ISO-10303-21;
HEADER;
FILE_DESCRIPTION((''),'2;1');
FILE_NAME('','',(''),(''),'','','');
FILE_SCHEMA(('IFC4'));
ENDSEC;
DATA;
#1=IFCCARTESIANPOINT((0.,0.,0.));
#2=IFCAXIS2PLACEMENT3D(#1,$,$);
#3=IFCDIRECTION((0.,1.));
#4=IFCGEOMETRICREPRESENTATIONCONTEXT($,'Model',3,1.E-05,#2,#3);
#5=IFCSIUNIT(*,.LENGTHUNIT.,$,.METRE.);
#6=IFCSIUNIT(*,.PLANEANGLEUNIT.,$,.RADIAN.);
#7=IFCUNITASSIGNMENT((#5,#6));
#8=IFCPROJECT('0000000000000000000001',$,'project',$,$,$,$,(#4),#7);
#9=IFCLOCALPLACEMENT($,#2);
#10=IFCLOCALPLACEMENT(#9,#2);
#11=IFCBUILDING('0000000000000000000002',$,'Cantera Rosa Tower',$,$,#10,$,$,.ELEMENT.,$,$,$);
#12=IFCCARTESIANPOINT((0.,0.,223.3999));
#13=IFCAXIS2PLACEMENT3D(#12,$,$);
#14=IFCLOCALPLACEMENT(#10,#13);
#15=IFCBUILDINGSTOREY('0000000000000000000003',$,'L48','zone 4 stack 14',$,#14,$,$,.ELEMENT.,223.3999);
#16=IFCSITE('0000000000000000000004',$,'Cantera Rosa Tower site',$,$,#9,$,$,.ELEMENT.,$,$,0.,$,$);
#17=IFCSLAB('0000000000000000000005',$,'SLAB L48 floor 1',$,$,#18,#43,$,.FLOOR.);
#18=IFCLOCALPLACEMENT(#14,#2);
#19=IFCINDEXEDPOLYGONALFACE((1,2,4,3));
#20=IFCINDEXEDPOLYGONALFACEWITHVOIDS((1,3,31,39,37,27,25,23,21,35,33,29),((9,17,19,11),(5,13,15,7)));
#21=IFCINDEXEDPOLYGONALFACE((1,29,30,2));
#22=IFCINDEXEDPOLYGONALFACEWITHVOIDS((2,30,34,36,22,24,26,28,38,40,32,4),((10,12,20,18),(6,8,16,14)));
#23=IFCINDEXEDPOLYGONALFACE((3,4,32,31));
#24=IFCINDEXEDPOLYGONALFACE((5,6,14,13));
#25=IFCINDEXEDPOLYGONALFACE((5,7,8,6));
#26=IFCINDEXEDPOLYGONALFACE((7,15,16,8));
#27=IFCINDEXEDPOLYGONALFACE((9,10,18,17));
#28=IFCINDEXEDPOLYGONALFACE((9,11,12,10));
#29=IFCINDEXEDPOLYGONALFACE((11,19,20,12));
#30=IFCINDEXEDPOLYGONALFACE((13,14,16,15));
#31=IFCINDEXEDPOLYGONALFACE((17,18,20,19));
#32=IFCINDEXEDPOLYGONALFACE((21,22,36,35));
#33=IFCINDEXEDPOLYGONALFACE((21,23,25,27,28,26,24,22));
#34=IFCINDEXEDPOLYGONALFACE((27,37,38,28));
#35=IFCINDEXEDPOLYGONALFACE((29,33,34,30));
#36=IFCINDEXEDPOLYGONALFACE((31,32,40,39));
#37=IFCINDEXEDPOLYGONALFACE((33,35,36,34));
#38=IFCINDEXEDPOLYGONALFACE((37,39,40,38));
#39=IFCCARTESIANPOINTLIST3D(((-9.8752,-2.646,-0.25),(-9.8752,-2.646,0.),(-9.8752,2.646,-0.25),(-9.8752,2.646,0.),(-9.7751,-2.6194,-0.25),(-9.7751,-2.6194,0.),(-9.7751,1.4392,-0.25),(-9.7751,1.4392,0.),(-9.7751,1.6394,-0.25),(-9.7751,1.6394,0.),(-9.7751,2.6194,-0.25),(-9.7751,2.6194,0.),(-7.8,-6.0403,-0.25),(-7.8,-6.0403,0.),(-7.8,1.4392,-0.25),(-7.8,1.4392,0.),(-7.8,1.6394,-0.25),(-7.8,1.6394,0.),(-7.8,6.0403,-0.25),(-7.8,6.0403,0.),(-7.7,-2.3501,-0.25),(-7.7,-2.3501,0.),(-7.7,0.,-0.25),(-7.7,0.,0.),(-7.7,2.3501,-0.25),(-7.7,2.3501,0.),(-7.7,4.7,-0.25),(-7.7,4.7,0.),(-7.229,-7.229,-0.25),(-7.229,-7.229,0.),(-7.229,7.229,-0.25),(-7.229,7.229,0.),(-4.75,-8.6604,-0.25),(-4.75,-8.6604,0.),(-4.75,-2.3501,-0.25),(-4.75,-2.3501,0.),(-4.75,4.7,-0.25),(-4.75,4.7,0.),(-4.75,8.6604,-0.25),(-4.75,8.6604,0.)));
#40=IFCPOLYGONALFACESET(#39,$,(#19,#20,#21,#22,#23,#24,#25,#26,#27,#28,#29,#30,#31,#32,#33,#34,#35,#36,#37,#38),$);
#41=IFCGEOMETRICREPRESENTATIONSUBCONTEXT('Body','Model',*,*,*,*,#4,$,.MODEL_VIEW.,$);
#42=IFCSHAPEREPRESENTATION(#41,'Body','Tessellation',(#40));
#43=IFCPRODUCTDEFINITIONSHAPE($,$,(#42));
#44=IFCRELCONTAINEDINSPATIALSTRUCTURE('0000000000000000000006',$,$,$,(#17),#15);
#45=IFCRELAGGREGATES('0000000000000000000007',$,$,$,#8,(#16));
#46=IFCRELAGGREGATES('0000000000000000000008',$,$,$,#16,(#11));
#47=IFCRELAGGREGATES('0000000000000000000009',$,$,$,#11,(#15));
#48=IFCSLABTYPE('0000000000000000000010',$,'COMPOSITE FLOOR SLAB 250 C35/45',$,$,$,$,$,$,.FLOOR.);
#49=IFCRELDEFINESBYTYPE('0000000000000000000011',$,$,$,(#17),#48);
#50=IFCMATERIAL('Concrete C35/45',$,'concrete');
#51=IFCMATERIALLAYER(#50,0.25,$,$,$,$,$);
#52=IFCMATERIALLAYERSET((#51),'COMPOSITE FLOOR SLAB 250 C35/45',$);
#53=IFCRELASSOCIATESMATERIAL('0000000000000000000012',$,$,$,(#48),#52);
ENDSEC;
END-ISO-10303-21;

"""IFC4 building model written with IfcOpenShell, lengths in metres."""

from ifc_helpers import new_model, si_unit, direction, frame, origin, place, context, subcontext, project, spatial, polyline, outline, extrude, material, layer, layer_set, type_object, element, save


model = new_model("IFC4")

# Units and contexts
model_context = context("Model", 3, precision=1e-05, world=origin(), true_north=direction((0.0, 1.0)))
body_context = subcontext(model_context, "Body", "Model", "MODEL_VIEW")
ifc_project = project(units=[si_unit("LENGTHUNIT", "METRE"), si_unit("PLANEANGLEUNIT", "RADIAN")], contexts=[model_context])

# Site, building, storey
site_placement = place(None, origin())
site = spatial("IfcSite", under=ifc_project, at=site_placement, Name="Cantera Rosa Tower site", CompositionType="ELEMENT", RefElevation=0.0)
building_placement = place(site_placement, origin())
building = spatial("IfcBuilding", under=site, at=building_placement, Name="Cantera Rosa Tower", CompositionType="ELEMENT")
storey_placement = place(building_placement, frame((0.0, 0.0, 223.3999)))
storey = spatial("IfcBuildingStorey", under=building, at=storey_placement, Name="L48", Description="zone 4 stack 14", CompositionType="ELEMENT", Elevation=223.3999)

# Slab
ifc_material_1 = material(Name="Concrete C35/45", Category="concrete")
ifc_layer_1 = layer(ifc_material_1, 0.25)
ifc_layer_set_1 = layer_set([ifc_layer_1], Name="COMPOSITE FLOOR SLAB 250 C35/45")
slab_type_1 = type_object("IfcSlabType", Name="COMPOSITE FLOOR SLAB 250 C35/45", PredefinedType="FLOOR", material=ifc_layer_set_1)
slab_1_placement = place(storey_placement, frame((0.0, 0.0, -0.25)))
element("IfcSlab", 1, at=slab_1_placement, inside=storey, type_object=slab_type_1, Name="SLAB L48 floor 1", PredefinedType="FLOOR", context=body_context, shape_type="SweptSolid", body=[
    extrude(outline(polyline([(-7.7, 0.0), (-7.7, -2.3501), (-4.75, -2.3501), (-4.75, -8.6604), (-7.229, -7.229), (-9.8752, -2.646), (-9.8752, 2.646), (-7.229, 7.229), (-4.75, 8.6604), (-4.75, 4.7), (-7.7, 4.7), (-7.7, 2.3501), (-7.7, 0.0)]), holes=[polyline([(-7.8, 1.4392), (-9.7751, 1.4392), (-9.7751, -2.6194), (-7.8, -6.0403), (-7.8, 1.4392)]), polyline([(-7.8, 6.0403), (-9.7751, 2.6194), (-9.7751, 1.6394), (-7.8, 1.6394), (-7.8, 6.0403)])]), origin(), (0.0, 0.0, 1.0), 0.25),
])

save(model, "model.ifc")
